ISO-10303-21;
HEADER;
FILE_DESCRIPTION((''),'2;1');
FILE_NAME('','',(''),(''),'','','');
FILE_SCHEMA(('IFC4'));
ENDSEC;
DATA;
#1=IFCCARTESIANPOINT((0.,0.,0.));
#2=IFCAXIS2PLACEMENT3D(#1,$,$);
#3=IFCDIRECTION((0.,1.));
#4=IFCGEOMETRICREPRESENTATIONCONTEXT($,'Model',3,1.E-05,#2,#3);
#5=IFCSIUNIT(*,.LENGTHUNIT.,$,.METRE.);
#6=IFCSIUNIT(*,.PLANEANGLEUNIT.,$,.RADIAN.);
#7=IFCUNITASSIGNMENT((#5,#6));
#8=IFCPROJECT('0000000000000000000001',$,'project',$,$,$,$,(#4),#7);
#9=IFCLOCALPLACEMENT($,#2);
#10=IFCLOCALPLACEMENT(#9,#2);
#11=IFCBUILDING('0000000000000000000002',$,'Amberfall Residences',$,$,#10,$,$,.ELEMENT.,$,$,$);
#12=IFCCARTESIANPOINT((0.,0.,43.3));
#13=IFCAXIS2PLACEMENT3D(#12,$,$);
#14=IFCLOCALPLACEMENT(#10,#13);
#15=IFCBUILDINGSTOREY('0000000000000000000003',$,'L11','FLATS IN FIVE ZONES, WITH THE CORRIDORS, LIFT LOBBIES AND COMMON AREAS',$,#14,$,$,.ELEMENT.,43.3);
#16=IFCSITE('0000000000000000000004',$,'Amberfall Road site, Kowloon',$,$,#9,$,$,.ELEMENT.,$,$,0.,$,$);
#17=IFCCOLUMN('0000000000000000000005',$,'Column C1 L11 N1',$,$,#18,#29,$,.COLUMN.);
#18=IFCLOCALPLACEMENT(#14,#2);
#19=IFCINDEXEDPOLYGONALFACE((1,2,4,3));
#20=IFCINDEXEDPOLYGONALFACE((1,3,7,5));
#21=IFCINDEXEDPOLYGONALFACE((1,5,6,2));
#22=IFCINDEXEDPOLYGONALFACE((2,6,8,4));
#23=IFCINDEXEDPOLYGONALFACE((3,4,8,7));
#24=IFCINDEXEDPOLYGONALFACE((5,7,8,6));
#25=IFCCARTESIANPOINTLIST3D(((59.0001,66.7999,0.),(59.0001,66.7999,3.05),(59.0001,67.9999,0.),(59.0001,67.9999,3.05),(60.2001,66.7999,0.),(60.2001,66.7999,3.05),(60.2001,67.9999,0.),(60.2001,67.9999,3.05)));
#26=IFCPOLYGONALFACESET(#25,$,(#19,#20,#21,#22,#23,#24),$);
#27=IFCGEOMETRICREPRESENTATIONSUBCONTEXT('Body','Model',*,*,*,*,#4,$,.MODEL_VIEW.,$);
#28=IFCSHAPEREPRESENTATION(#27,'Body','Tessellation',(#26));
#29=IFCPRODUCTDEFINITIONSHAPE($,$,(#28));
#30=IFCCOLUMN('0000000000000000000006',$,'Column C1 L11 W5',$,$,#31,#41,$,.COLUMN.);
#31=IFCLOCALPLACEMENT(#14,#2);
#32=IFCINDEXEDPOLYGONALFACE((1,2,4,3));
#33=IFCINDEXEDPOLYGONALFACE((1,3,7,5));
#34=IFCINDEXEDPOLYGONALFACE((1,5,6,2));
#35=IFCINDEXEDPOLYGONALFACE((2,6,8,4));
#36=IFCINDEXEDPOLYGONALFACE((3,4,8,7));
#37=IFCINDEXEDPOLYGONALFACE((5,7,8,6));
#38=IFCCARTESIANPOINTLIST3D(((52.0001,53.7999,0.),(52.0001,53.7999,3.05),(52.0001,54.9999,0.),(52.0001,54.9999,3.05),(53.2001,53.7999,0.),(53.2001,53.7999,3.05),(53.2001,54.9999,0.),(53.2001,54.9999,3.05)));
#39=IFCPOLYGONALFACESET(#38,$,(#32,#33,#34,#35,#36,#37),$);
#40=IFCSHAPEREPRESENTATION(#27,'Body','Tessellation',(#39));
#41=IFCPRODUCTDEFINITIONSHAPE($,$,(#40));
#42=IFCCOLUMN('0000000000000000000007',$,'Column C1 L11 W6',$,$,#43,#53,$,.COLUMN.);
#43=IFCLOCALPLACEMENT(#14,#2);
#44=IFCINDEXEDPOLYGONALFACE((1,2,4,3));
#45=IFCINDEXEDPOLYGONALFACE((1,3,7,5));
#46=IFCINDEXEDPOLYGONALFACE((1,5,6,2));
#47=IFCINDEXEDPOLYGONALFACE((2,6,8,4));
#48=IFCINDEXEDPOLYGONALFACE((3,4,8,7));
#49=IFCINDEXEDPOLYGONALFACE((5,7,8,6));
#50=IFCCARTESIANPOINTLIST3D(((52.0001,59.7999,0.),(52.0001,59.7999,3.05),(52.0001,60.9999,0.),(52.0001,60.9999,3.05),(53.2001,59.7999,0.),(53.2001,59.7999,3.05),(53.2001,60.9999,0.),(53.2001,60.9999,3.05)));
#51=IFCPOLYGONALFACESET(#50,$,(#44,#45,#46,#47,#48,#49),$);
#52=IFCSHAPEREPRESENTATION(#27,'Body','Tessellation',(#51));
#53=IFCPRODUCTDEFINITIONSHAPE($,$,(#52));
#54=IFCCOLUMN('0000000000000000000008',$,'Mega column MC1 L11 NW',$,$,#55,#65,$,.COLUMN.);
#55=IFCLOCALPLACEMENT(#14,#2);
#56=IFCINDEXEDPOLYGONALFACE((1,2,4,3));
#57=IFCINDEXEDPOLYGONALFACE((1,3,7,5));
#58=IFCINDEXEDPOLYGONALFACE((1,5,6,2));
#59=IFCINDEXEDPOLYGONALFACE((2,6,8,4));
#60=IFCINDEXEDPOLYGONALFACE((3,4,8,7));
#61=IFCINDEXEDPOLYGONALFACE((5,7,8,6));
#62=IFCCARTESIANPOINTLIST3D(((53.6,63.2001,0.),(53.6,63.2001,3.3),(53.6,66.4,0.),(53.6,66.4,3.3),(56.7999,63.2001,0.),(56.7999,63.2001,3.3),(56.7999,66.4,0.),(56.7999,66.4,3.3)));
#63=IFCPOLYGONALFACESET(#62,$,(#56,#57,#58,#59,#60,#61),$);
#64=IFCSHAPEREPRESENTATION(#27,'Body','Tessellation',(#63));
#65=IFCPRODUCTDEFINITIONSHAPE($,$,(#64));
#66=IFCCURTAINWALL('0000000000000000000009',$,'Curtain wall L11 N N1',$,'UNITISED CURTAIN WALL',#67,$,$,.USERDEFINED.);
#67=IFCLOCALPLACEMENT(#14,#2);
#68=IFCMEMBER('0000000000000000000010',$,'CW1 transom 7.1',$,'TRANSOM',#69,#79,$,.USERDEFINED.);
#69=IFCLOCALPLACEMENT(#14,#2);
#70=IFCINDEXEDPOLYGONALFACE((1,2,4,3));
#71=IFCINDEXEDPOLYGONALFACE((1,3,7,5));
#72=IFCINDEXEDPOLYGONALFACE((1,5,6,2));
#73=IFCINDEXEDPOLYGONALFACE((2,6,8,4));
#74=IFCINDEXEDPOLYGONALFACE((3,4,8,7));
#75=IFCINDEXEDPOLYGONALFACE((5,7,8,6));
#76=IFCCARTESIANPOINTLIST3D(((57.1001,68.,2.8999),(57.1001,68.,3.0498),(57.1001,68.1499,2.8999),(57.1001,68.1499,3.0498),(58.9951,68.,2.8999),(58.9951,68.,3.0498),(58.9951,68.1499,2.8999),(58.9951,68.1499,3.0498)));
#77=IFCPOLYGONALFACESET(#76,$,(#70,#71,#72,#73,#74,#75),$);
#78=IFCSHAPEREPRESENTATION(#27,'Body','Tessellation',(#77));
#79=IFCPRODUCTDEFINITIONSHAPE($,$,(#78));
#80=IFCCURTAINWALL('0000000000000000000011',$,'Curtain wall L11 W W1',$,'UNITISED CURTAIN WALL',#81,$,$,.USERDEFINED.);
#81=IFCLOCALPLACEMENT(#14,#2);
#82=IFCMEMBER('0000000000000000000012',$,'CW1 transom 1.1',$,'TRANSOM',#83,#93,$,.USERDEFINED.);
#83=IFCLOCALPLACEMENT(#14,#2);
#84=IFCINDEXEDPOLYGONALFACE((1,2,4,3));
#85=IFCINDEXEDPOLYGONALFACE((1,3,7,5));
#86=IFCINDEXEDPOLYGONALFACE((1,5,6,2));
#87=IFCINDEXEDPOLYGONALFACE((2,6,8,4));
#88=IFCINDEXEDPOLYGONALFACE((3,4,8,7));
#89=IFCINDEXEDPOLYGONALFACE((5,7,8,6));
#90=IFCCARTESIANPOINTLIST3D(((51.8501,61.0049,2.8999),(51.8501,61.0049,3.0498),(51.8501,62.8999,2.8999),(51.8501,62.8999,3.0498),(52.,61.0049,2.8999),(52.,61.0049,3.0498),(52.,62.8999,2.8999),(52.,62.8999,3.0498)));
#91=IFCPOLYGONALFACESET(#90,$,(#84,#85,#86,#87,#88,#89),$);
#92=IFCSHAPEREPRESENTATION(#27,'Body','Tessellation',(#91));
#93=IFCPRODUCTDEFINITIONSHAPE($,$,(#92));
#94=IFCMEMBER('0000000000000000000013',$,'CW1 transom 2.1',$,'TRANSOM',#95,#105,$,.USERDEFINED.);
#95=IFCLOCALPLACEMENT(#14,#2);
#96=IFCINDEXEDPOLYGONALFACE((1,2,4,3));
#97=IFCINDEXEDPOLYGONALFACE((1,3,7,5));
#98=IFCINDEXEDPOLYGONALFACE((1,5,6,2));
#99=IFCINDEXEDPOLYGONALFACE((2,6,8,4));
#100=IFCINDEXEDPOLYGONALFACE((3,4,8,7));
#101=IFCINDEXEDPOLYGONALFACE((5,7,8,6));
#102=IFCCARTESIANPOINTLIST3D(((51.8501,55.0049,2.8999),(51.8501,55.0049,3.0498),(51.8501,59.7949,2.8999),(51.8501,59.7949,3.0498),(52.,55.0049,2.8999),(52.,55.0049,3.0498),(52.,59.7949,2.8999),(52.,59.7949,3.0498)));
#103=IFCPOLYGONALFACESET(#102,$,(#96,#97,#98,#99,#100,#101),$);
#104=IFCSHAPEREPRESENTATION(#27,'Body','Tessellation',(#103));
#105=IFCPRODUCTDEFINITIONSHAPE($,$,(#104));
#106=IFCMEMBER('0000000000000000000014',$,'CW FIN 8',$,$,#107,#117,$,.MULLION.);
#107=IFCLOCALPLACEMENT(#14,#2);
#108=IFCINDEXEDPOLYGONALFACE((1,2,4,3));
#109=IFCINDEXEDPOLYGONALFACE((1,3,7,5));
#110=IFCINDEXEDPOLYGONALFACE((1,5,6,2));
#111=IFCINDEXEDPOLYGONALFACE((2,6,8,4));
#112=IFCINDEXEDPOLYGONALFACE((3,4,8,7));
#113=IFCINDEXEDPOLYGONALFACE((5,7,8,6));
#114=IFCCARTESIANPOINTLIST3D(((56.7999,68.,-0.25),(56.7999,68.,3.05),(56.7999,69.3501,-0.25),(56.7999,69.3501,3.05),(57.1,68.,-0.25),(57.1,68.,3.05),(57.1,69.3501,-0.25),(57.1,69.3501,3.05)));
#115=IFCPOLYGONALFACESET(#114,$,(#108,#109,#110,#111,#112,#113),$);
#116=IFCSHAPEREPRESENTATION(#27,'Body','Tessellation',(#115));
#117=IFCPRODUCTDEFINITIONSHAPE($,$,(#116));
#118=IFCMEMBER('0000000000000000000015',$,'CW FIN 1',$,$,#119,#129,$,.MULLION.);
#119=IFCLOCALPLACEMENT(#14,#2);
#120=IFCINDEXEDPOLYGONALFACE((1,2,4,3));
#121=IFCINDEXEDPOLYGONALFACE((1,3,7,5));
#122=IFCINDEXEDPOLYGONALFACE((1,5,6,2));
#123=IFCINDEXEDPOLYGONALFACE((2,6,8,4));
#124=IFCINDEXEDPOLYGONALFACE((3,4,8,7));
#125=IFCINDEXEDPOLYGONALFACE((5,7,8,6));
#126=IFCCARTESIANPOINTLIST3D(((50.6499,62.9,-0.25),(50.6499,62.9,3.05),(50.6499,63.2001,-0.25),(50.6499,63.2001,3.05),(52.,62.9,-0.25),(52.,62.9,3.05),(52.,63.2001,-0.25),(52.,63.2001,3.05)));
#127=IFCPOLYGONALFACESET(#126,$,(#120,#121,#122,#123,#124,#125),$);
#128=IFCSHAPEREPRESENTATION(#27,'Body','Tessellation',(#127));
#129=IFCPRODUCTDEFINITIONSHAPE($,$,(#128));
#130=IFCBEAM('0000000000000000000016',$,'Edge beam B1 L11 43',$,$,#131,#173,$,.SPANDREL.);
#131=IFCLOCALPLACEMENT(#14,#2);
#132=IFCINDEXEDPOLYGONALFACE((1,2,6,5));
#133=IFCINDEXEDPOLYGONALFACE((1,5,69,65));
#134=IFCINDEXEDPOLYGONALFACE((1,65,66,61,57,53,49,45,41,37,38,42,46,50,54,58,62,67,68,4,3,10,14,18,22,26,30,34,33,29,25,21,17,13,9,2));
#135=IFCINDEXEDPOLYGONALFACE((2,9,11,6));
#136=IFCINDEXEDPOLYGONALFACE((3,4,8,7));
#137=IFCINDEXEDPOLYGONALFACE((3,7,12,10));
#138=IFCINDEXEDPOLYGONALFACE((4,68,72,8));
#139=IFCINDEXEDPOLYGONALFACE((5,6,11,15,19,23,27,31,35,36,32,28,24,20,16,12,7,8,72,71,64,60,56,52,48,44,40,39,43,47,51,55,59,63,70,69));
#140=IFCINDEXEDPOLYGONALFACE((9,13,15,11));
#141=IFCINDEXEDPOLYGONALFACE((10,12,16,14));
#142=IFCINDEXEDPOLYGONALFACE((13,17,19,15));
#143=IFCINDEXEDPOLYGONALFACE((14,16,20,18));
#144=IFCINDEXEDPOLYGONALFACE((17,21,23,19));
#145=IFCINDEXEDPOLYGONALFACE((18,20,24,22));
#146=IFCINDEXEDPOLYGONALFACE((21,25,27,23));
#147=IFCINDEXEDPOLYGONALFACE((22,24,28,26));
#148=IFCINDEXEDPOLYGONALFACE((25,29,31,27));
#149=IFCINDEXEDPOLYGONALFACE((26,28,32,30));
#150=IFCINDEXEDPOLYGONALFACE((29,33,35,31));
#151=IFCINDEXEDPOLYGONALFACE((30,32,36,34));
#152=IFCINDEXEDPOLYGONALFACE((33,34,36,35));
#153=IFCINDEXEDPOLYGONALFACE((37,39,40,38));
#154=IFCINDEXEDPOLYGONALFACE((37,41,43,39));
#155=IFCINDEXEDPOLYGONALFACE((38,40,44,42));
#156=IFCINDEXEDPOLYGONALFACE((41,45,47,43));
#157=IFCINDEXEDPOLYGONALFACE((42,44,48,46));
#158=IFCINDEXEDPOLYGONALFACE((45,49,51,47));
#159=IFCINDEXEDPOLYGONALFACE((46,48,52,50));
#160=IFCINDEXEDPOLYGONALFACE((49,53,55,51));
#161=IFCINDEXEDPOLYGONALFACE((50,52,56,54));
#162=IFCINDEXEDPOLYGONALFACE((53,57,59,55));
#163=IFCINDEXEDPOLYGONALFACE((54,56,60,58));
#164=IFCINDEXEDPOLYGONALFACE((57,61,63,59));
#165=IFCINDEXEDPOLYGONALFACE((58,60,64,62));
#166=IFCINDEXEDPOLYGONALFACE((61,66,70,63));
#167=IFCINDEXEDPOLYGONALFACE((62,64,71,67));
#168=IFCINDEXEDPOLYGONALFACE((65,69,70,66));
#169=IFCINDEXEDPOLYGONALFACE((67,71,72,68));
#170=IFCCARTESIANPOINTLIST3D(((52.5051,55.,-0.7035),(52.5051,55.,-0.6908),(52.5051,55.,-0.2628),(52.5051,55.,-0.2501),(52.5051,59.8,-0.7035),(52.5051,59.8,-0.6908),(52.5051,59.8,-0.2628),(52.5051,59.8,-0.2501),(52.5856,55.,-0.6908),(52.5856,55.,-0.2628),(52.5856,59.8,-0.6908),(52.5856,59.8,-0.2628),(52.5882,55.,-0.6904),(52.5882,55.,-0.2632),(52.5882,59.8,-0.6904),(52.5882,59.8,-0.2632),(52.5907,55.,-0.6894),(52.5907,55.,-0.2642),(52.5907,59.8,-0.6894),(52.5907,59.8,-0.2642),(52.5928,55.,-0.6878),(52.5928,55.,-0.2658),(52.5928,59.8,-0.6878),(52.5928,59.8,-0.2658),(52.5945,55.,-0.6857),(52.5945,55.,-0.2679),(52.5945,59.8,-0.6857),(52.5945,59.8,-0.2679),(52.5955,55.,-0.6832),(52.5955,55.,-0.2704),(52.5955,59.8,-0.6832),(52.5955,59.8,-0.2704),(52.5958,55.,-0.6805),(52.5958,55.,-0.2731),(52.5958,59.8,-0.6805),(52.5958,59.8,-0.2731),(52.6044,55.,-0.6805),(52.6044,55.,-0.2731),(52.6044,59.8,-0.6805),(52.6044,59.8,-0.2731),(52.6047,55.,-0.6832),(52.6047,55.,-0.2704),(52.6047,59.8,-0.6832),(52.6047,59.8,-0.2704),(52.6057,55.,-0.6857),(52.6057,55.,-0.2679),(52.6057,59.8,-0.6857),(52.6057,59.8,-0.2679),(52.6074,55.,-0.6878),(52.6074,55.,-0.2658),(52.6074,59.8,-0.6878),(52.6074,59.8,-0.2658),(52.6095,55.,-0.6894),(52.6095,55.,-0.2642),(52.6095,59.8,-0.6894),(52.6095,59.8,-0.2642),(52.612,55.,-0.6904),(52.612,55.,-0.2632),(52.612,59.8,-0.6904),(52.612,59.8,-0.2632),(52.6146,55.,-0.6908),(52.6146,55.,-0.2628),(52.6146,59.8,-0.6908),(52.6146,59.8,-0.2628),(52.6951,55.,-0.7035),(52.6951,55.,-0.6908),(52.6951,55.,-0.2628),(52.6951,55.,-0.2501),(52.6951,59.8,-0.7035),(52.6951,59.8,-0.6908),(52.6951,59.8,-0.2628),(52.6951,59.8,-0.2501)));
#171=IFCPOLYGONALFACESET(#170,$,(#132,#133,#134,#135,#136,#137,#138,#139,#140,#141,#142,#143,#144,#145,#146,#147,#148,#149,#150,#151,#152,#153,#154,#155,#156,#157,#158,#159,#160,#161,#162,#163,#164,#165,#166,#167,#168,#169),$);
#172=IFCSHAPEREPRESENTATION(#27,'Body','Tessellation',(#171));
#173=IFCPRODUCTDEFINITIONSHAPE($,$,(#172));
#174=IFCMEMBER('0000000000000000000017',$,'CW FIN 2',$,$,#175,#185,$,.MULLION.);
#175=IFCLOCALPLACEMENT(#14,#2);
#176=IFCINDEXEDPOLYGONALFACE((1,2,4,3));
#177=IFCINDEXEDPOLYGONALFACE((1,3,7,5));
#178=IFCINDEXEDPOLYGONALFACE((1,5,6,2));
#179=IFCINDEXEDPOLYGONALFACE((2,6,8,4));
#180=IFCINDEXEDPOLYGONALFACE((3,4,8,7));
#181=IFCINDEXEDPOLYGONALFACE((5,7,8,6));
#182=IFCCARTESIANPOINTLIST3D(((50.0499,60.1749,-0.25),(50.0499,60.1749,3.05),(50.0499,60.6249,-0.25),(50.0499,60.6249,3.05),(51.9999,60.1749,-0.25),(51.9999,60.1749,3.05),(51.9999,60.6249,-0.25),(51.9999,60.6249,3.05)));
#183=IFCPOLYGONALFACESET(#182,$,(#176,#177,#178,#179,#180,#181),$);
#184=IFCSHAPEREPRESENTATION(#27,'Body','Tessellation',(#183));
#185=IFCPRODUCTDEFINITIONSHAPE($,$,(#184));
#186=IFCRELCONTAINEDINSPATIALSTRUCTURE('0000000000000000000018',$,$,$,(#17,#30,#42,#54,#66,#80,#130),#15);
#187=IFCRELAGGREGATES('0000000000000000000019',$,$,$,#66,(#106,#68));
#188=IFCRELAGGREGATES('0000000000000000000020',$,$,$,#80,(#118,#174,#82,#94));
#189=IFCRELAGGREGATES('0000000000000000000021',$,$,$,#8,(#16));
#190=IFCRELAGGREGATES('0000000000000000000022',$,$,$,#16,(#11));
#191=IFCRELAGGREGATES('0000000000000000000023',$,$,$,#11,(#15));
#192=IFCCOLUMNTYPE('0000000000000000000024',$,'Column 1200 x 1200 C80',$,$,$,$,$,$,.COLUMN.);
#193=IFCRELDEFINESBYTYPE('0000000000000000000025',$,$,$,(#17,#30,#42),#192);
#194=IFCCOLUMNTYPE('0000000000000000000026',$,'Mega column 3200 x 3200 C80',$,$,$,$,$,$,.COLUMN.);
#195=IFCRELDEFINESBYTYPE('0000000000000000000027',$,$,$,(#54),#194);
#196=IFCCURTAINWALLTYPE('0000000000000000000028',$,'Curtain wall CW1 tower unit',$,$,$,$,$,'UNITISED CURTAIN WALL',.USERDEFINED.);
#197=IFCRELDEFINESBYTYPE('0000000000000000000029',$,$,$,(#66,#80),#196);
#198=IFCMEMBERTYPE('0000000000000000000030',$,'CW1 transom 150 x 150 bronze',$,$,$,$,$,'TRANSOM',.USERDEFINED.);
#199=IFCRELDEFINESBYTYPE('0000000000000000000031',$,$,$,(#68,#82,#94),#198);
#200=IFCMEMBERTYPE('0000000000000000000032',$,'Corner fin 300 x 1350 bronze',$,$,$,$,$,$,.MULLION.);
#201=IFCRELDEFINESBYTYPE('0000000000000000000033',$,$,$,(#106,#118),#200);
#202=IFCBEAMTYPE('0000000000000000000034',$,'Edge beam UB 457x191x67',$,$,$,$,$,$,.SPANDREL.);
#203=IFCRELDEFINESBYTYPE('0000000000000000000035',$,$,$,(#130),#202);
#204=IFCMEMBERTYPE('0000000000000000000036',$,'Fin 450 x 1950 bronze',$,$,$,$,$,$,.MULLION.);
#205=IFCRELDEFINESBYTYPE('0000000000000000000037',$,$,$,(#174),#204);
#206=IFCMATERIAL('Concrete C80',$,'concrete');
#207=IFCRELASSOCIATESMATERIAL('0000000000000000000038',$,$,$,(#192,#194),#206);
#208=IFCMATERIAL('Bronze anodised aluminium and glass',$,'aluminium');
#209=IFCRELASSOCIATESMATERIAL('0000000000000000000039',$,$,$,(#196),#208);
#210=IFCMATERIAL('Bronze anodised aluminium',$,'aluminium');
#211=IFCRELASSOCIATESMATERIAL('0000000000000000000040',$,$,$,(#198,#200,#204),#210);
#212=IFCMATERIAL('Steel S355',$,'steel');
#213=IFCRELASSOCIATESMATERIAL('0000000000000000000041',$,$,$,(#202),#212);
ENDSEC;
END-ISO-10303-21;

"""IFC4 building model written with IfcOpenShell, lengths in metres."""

from ifc_helpers import new_model, si_unit, direction, frame, origin, origin_2d, place, context, subcontext, project, spatial, rectangle, i_section, extrude, material, material_profile, profile_set, type_object, element, aggregate, save


model = new_model("IFC4")

# Units and contexts
model_context = context("Model", 3, precision=1e-05, world=origin(), true_north=direction((0.0, 1.0)))
body_context = subcontext(model_context, "Body", "Model", "MODEL_VIEW")
ifc_project = project(units=[si_unit("LENGTHUNIT", "METRE"), si_unit("PLANEANGLEUNIT", "RADIAN")], contexts=[model_context])

# Site, building, storey
site_placement = place(None, origin())
site = spatial("IfcSite", under=ifc_project, at=site_placement, Name="Amberfall Road site, Kowloon", CompositionType="ELEMENT", RefElevation=0.0)
building_placement = place(site_placement, origin())
building = spatial("IfcBuilding", under=site, at=building_placement, Name="Amberfall Residences", CompositionType="ELEMENT")
storey_placement = place(building_placement, frame((0.0, 0.0, 43.3)))
storey = spatial("IfcBuildingStorey", under=building, at=storey_placement, Name="L11", Description="FLATS IN FIVE ZONES, WITH THE CORRIDORS, LIFT LOBBIES AND COMMON AREAS", CompositionType="ELEMENT", Elevation=43.3)

# Columns
ifc_material_1 = material(Name="Concrete C80", Category="concrete")
ifc_material_profile_1 = material_profile(ifc_material_1, rectangle(XDim=1.2, YDim=1.2, at=origin_2d()), Name="Column 1200 x 1200 C80")
ifc_profile_set_1 = profile_set([ifc_material_profile_1], Name="Concrete C80")
column_type_1 = type_object("IfcColumnType", Name="Column 1200 x 1200 C80", PredefinedType="COLUMN", material=ifc_profile_set_1)
for number, where, z_axis, x_axis, name in (
    (1, (59.6001, 67.3999, 0.0), (0.0, 0.0, 1.0), (1.0, 0.0, 0.0), "Column C1 L11 N1"),
    (2, (52.6001, 54.3999, 0.0), (0.0, 0.0, 1.0), (1.0, 0.0, 0.0), "Column C1 L11 W5"),
    (3, (52.6001, 60.3999, 0.0), (0.0, 0.0, 1.0), (1.0, 0.0, 0.0), "Column C1 L11 W6"),
):
    element("IfcColumn", number, at=place(storey_placement, frame(where, z_axis=z_axis, x_axis=x_axis)), inside=storey, type_object=column_type_1, Name=name, PredefinedType="COLUMN", context=body_context, shape_type="SweptSolid", body=[
        extrude(rectangle(XDim=1.2, YDim=1.2, at=origin_2d()), origin(), (0.0, 0.0, 1.0), 3.05),
    ])
ifc_material_profile_2 = material_profile(ifc_material_1, rectangle(XDim=3.2, YDim=3.2, at=origin_2d()), Name="Mega column 3200 x 3200 C80")
ifc_profile_set_2 = profile_set([ifc_material_profile_2], Name="Concrete C80")
column_type_2 = type_object("IfcColumnType", Name="Mega column 3200 x 3200 C80", PredefinedType="COLUMN", material=ifc_profile_set_2)
column_placement = place(storey_placement, frame((55.2, 64.8, 0.0), z_axis=(0.0, 0.0, 1.0), x_axis=(1.0, 0.0, 0.0)))
element("IfcColumn", 4, at=column_placement, inside=storey, type_object=column_type_2, Name="Mega column MC1 L11 NW", PredefinedType="COLUMN", context=body_context, shape_type="SweptSolid", body=[
    extrude(rectangle(XDim=3.2, YDim=3.2, at=origin_2d()), origin(), (0.0, 0.0, 1.0), 3.3),
])

# Curtain wall, member
ifc_material_2 = material(Name="Bronze anodised aluminium and glass", Category="aluminium")
curtain_wall_type = type_object("IfcCurtainWallType", Name="Curtain wall CW1 tower unit", ElementType="UNITISED CURTAIN WALL", PredefinedType="USERDEFINED", material=ifc_material_2)
curtain_wall_1_placement = place(storey_placement, origin())
curtain_wall_1 = element("IfcCurtainWall", 5, at=curtain_wall_1_placement, inside=storey, type_object=curtain_wall_type, Name="Curtain wall L11 N N1", ObjectType="UNITISED CURTAIN WALL", PredefinedType="USERDEFINED")
ifc_material_3 = material(Name="Bronze anodised aluminium", Category="aluminium")
ifc_material_profile_3 = material_profile(ifc_material_3, rectangle(XDim=0.1499, YDim=0.1499, at=origin_2d()), Name="CW1 transom 150 x 150 bronze")
ifc_profile_set_3 = profile_set([ifc_material_profile_3], Name="Bronze anodised aluminium")
member_type_1 = type_object("IfcMemberType", Name="CW1 transom 150 x 150 bronze", ElementType="TRANSOM", PredefinedType="USERDEFINED", material=ifc_profile_set_3)
member_1_placement = place(storey_placement, frame((58.9951, 68.075, 2.9749), z_axis=(-1.0, 0.0, 0.0), x_axis=(0.0, -1.0, 0.0)))
member_1 = element("IfcMember", 6, at=member_1_placement, type_object=member_type_1, Name="CW1 transom 7.1", ObjectType="TRANSOM", PredefinedType="USERDEFINED", context=body_context, shape_type="SweptSolid", body=[
    extrude(rectangle(XDim=0.1499, YDim=0.1499, at=origin_2d()), origin(), (0.0, 0.0, 1.0), 1.895),
])

# Curtain wall, members
curtain_wall_2_placement = place(storey_placement, origin())
curtain_wall_2 = element("IfcCurtainWall", 7, at=curtain_wall_2_placement, inside=storey, type_object=curtain_wall_type, Name="Curtain wall L11 W W1", ObjectType="UNITISED CURTAIN WALL", PredefinedType="USERDEFINED")
member_2_placement = place(storey_placement, frame((51.925, 62.8999, 2.9749), z_axis=(0.0, -1.0, 0.0), x_axis=(1.0, 0.0, 0.0)))
member_2 = element("IfcMember", 8, at=member_2_placement, type_object=member_type_1, Name="CW1 transom 1.1", ObjectType="TRANSOM", PredefinedType="USERDEFINED", context=body_context, shape_type="SweptSolid", body=[
    extrude(rectangle(XDim=0.1499, YDim=0.1499, at=origin_2d()), origin(), (0.0, 0.0, 1.0), 1.895),
])
member_3_placement = place(storey_placement, frame((51.925, 59.7949, 2.9749), z_axis=(0.0, -1.0, 0.0), x_axis=(1.0, 0.0, 0.0)))
member_3 = element("IfcMember", 9, at=member_3_placement, type_object=member_type_1, Name="CW1 transom 2.1", ObjectType="TRANSOM", PredefinedType="USERDEFINED", context=body_context, shape_type="SweptSolid", body=[
    extrude(rectangle(XDim=0.1499, YDim=0.1499, at=origin_2d()), origin(), (0.0, 0.0, 1.0), 4.79),
])

# Members
ifc_material_profile_4 = material_profile(ifc_material_3, rectangle(XDim=1.3501, YDim=0.3, at=origin_2d()), Name="Corner fin 300 x 1350 bronze")
ifc_profile_set_4 = profile_set([ifc_material_profile_4], Name="Bronze anodised aluminium")
member_type_2 = type_object("IfcMemberType", Name="Corner fin 300 x 1350 bronze", PredefinedType="MULLION", material=ifc_profile_set_4)
member_4_placement = place(storey_placement, frame((56.95, 68.675, -0.25), z_axis=(0.0, 0.0, 1.0), x_axis=(0.0, -1.0, 0.0)))
member_4 = element("IfcMember", 10, at=member_4_placement, type_object=member_type_2, Name="CW FIN 8", PredefinedType="MULLION", context=body_context, shape_type="SweptSolid", body=[
    extrude(rectangle(XDim=1.3501, YDim=0.3, at=origin_2d()), origin(), (0.0, 0.0, 1.0), 3.3),
])
member_5_placement = place(storey_placement, frame((51.325, 63.05, -0.25), z_axis=(0.0, 0.0, 1.0), x_axis=(1.0, 0.0, 0.0)))
member_5 = element("IfcMember", 11, at=member_5_placement, type_object=member_type_2, Name="CW FIN 1", PredefinedType="MULLION", context=body_context, shape_type="SweptSolid", body=[
    extrude(rectangle(XDim=1.3501, YDim=0.3, at=origin_2d()), origin(), (0.0, 0.0, 1.0), 3.3),
])

# Beam
ifc_material_4 = material(Name="Steel S355", Category="steel")
ifc_material_profile_5 = material_profile(ifc_material_4, i_section(OverallWidth=0.1899, OverallDepth=0.4534, WebThickness=0.0085, FlangeThickness=0.0127, FilletRadius=0.0103, at=origin_2d()), Name="UB 457x191x67")
ifc_profile_set_5 = profile_set([ifc_material_profile_5], Name="Steel S355")
beam_type_1 = type_object("IfcBeamType", Name="Edge beam UB 457x191x67", PredefinedType="SPANDREL", material=ifc_profile_set_5)
beam_1_placement = place(storey_placement, frame((52.6001, 55.0, -0.4768), z_axis=(0.0, 1.0, 0.0), x_axis=(-1.0, 0.0, 0.0)))
element("IfcBeam", 12, at=beam_1_placement, inside=storey, type_object=beam_type_1, Name="Edge beam B1 L11 43", PredefinedType="SPANDREL", context=body_context, shape_type="SweptSolid", body=[
    extrude(i_section(OverallWidth=0.1899, OverallDepth=0.4534, WebThickness=0.0085, FlangeThickness=0.0127, FilletRadius=0.0103, at=origin_2d()), origin(), (0.0, 0.0, 1.0), 4.8),
])

# Member
ifc_material_profile_6 = material_profile(ifc_material_3, rectangle(XDim=1.95, YDim=0.45, at=origin_2d()), Name="Fin 450 x 1950 bronze")
ifc_profile_set_6 = profile_set([ifc_material_profile_6], Name="Bronze anodised aluminium")
member_type_3 = type_object("IfcMemberType", Name="Fin 450 x 1950 bronze", PredefinedType="MULLION", material=ifc_profile_set_6)
member_6_placement = place(storey_placement, frame((51.0249, 60.3999, -0.25), z_axis=(0.0, 0.0, 1.0), x_axis=(1.0, 0.0, 0.0)))
member_6 = element("IfcMember", 13, at=member_6_placement, type_object=member_type_3, Name="CW FIN 2", PredefinedType="MULLION", context=body_context, shape_type="SweptSolid", body=[
    extrude(rectangle(XDim=1.95, YDim=0.45, at=origin_2d()), origin(), (0.0, 0.0, 1.0), 3.3),
])

aggregate(curtain_wall_1, [member_4, member_1])
aggregate(curtain_wall_2, [member_5, member_6, member_2, member_3])

save(model, "model.ifc")
